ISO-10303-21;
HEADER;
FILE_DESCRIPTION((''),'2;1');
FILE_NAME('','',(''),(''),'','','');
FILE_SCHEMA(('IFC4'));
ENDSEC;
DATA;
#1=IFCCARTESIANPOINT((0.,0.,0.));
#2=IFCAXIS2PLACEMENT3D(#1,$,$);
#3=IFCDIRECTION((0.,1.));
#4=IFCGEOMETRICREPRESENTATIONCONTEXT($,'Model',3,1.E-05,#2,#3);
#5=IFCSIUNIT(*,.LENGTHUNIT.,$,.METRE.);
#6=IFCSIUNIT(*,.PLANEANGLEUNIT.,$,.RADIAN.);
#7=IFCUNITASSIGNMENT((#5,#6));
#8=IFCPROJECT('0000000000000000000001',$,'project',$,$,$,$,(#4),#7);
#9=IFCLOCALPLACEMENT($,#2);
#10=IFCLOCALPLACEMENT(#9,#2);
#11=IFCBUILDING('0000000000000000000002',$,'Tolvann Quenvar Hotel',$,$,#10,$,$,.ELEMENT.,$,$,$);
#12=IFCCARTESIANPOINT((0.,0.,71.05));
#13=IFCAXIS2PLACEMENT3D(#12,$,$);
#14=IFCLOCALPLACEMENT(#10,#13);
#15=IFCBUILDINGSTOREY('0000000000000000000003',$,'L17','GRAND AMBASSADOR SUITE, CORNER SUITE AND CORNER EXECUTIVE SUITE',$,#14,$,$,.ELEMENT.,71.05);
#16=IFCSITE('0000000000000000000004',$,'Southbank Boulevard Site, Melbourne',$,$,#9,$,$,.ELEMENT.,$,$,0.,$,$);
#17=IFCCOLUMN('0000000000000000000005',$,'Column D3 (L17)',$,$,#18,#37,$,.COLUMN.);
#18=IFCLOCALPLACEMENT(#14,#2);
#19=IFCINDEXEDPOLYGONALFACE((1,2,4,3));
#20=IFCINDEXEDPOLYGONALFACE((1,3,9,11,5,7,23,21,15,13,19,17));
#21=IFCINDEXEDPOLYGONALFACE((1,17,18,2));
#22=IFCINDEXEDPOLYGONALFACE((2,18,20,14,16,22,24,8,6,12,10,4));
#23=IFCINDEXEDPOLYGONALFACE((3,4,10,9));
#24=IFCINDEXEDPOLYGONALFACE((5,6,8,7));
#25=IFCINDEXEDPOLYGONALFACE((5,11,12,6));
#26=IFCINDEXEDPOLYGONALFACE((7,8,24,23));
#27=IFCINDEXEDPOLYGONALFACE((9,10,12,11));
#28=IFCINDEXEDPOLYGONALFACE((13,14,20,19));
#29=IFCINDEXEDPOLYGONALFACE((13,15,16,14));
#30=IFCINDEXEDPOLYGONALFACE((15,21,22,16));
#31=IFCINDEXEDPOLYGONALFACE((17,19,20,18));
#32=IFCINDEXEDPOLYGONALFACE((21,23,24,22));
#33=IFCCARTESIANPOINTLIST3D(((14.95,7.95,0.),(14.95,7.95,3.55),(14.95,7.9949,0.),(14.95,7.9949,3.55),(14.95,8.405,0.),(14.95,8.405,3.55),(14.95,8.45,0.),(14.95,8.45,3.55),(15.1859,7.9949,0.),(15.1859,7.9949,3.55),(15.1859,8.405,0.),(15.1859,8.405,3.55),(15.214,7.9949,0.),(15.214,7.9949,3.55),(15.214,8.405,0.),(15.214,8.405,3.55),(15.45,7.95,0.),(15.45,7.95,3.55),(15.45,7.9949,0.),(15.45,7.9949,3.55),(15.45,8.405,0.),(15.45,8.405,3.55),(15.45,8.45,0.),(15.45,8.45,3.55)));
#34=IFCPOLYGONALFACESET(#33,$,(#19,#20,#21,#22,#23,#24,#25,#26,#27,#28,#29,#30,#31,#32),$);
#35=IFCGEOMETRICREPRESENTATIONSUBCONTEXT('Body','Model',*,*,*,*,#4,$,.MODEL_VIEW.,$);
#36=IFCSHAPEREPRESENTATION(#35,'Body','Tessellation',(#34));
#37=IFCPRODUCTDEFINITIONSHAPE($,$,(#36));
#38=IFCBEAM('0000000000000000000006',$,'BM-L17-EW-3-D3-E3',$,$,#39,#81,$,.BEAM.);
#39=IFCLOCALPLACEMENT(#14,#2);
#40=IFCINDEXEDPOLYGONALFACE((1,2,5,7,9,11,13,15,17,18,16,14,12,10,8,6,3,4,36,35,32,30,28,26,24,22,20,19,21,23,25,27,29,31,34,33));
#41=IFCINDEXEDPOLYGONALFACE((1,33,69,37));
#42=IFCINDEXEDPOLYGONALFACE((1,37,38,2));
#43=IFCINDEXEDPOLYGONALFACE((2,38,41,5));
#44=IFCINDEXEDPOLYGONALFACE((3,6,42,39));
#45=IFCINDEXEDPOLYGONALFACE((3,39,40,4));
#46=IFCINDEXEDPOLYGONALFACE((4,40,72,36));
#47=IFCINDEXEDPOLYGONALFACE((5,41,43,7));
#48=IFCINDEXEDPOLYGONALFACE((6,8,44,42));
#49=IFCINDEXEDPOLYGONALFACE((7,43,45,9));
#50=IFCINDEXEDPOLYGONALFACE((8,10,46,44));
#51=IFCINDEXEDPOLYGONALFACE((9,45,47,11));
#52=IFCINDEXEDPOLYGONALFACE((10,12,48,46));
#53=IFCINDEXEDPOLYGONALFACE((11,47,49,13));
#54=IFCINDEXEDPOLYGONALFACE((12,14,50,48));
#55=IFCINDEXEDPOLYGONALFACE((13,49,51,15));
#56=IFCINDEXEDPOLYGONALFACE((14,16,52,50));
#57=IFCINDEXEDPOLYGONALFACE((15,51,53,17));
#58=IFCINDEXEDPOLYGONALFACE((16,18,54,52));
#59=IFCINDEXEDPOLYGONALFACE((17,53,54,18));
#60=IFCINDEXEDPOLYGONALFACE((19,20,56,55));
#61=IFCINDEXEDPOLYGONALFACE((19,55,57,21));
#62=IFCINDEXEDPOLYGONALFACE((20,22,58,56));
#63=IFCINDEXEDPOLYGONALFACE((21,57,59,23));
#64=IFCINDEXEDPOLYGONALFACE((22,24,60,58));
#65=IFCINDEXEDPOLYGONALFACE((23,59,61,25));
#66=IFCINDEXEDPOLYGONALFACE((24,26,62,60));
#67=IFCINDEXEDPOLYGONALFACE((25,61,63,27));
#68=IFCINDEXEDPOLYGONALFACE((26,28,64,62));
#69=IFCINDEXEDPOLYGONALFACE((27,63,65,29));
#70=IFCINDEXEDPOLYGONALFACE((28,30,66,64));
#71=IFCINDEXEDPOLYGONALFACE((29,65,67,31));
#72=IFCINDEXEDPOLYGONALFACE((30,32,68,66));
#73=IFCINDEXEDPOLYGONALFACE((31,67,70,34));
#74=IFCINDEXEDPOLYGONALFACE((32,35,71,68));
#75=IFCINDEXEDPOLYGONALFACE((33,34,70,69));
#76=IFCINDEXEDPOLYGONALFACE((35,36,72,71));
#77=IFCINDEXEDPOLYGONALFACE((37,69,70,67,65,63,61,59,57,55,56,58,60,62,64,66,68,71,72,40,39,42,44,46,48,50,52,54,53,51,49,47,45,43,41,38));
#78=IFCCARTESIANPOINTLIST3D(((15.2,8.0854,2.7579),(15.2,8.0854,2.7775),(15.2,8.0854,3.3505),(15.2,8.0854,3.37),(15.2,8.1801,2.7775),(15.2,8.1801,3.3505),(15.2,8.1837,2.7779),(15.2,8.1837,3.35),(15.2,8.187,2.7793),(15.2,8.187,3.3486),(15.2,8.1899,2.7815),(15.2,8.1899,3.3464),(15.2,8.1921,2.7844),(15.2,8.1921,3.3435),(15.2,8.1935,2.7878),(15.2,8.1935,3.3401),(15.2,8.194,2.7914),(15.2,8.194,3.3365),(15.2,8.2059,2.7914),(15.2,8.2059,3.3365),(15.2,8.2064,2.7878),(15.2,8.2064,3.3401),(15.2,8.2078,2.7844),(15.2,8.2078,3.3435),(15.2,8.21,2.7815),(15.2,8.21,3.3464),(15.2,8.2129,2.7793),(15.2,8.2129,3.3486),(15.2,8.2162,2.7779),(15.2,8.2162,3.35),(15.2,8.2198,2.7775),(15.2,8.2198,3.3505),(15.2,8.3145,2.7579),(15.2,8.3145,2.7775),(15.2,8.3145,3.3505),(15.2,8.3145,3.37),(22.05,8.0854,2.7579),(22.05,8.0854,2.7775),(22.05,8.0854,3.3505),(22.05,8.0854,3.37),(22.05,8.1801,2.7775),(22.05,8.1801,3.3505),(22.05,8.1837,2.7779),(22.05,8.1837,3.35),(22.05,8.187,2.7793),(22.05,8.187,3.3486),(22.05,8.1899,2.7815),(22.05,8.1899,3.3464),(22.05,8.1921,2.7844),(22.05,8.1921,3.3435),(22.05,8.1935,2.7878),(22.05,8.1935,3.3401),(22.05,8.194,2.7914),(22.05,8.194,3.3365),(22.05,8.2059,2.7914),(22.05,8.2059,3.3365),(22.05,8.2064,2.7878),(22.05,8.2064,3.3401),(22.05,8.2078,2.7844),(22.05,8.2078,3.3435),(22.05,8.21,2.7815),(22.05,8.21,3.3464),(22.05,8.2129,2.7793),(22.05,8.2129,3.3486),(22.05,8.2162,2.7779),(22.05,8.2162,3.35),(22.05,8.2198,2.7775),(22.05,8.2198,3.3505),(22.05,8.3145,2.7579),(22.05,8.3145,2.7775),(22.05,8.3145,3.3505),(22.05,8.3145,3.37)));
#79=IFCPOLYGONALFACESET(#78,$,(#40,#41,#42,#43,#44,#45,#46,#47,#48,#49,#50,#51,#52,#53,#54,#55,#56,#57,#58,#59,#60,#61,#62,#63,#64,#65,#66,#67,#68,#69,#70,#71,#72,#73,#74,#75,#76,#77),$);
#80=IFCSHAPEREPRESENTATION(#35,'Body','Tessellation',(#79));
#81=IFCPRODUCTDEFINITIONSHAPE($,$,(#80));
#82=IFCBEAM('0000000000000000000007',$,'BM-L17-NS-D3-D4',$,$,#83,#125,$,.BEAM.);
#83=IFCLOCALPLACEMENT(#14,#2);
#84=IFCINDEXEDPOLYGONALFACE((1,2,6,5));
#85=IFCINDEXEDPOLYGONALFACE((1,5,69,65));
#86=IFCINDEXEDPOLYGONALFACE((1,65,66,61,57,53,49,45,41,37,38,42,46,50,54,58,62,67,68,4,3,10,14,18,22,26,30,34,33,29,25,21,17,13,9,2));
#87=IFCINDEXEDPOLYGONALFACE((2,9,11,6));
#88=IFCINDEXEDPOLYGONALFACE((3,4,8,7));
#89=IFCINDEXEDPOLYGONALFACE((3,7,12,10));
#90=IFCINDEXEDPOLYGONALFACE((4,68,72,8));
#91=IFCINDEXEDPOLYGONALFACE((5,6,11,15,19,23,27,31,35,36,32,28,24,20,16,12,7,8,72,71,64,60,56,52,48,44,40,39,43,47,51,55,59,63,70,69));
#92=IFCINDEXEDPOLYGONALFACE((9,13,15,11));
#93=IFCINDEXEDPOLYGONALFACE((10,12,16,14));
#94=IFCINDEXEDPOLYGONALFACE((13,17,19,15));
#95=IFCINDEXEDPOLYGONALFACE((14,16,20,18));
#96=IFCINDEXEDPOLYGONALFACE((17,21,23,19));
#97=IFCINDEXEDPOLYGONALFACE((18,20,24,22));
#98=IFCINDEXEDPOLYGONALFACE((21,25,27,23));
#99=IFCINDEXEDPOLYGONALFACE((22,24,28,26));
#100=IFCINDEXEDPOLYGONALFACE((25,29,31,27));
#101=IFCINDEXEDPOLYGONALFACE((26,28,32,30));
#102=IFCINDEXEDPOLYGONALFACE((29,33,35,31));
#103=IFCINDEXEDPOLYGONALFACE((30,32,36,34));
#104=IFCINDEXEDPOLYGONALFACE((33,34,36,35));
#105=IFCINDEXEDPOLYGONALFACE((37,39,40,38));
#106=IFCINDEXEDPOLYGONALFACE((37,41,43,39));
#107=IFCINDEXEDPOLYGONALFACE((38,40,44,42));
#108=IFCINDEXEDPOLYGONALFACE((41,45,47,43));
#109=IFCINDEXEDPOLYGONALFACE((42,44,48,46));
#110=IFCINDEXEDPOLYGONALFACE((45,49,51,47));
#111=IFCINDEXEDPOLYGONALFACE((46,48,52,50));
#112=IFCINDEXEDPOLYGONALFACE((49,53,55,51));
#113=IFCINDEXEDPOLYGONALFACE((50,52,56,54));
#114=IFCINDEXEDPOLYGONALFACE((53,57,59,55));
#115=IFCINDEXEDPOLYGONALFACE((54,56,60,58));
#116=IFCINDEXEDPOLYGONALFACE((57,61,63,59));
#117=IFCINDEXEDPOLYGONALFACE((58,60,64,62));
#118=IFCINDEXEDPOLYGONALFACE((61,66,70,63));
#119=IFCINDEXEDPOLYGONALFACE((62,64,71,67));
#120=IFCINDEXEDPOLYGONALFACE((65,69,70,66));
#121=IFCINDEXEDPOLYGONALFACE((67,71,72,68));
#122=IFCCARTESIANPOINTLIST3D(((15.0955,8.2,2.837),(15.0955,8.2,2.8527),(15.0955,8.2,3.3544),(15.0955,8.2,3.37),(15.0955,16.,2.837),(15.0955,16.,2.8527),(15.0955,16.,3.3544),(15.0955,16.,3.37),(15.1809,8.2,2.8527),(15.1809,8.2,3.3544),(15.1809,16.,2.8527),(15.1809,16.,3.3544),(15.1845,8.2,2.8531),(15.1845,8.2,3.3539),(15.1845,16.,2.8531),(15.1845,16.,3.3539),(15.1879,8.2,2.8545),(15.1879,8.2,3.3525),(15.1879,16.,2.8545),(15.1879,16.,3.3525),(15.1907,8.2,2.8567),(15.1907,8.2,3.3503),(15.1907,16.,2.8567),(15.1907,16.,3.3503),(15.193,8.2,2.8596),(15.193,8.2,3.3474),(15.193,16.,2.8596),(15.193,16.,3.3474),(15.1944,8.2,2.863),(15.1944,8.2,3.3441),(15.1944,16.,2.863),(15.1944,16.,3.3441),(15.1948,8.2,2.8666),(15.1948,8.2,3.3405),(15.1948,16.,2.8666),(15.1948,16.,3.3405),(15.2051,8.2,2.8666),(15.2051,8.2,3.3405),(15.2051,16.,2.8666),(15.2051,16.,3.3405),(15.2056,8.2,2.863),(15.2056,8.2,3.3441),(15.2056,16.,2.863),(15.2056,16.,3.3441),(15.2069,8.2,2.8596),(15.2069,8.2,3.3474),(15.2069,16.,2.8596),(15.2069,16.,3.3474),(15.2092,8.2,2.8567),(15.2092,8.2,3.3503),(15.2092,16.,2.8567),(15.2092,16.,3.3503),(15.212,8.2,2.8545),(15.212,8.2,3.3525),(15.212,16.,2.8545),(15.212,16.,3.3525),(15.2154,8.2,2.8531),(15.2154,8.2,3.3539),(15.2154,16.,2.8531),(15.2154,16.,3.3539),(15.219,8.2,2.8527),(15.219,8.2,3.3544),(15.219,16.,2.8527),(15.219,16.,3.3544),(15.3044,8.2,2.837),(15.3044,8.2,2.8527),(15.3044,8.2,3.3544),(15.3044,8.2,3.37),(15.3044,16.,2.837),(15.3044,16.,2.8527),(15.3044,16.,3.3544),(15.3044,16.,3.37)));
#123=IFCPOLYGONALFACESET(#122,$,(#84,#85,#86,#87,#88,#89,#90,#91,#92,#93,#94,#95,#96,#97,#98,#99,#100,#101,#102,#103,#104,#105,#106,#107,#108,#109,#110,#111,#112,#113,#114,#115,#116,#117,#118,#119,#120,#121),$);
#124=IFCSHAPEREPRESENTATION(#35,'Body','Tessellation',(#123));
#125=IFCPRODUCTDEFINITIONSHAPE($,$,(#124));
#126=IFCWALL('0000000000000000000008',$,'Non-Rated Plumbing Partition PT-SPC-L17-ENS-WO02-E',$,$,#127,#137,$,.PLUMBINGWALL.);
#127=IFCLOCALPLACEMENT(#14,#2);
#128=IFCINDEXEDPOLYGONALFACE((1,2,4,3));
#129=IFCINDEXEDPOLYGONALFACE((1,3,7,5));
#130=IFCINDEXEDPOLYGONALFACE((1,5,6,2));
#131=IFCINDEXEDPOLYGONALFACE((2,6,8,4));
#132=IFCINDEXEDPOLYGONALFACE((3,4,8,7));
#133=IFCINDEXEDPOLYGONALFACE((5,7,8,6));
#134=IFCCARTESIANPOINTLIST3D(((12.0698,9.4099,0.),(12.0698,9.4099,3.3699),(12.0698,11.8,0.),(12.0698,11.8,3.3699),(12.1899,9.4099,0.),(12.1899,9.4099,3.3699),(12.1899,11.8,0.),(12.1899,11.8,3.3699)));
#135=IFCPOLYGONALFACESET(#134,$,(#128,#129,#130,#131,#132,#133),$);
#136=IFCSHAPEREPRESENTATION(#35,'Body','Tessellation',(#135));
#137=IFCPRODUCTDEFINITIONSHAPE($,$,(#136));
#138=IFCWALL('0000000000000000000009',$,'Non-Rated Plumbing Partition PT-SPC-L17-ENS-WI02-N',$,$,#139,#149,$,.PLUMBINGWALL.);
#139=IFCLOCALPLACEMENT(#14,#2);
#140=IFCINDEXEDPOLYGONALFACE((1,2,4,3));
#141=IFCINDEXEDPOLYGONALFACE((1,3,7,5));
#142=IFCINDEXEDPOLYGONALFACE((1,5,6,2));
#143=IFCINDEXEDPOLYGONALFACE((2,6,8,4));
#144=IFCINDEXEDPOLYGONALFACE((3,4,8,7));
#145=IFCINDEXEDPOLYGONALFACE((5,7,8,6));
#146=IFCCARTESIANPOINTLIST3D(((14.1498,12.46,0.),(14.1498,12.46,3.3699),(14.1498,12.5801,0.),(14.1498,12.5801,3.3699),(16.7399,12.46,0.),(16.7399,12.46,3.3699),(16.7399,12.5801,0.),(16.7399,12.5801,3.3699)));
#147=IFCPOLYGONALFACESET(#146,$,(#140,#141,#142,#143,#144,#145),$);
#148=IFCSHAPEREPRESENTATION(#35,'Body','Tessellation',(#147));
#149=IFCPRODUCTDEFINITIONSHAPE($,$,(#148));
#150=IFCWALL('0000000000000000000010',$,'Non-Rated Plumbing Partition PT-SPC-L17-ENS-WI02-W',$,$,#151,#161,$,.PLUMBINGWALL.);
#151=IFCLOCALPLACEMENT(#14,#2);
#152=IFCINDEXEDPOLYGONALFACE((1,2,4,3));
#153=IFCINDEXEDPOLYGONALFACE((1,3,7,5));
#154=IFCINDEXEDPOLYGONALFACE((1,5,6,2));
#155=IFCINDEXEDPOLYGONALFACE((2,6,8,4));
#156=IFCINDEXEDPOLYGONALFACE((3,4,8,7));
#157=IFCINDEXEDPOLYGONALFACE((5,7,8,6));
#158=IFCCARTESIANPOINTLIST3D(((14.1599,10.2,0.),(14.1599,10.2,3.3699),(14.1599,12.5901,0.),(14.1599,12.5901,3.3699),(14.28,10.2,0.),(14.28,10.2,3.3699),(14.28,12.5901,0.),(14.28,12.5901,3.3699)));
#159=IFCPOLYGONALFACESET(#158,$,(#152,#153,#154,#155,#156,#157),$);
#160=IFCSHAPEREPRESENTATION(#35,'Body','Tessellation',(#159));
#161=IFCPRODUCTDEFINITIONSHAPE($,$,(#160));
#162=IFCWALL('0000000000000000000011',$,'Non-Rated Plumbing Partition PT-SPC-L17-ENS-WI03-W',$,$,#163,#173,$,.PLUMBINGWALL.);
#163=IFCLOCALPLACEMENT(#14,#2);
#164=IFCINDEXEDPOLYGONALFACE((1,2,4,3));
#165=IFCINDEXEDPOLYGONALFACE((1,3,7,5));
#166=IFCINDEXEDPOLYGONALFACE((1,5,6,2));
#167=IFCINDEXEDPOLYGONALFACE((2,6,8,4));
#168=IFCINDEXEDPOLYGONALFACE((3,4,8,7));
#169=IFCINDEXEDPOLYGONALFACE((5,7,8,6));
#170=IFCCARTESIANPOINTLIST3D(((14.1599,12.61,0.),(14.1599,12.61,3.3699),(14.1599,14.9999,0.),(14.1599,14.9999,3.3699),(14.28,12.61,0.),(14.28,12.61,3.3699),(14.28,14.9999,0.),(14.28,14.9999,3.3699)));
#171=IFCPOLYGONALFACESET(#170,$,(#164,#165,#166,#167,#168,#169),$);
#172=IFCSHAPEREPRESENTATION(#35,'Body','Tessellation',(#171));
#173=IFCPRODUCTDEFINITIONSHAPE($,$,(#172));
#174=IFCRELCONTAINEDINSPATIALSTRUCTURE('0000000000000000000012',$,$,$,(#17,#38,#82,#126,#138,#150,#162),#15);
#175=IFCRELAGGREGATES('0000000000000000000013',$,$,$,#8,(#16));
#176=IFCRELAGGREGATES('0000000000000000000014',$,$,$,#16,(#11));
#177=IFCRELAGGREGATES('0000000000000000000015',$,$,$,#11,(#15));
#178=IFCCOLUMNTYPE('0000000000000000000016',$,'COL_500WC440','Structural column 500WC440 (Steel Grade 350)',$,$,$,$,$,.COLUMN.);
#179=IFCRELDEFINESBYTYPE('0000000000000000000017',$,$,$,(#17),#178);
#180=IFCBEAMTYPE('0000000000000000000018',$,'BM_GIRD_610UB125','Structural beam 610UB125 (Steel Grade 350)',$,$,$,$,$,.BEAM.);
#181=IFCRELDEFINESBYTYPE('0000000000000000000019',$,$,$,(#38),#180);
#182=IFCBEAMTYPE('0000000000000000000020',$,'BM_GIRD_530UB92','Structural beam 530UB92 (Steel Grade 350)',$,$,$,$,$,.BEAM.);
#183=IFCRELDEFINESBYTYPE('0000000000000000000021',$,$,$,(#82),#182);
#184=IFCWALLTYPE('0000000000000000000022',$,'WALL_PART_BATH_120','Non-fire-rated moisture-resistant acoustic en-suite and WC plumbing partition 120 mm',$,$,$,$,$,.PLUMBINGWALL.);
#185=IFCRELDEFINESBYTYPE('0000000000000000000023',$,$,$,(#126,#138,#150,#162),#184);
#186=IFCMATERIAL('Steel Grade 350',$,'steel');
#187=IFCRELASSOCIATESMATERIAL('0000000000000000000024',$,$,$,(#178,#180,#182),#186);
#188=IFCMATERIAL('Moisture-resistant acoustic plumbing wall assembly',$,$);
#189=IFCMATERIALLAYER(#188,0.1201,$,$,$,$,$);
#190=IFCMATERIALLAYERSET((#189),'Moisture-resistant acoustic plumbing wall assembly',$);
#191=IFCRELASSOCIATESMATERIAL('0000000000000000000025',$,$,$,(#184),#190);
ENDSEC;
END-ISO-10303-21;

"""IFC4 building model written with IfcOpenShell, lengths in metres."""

from ifc_helpers import new_model, si_unit, direction, frame, frame_2d, origin, origin_2d, place, context, subcontext, project, spatial, rectangle, i_section, extrude, source, transform, mapped, material, layer, layer_set, material_profile, profile_set, type_object, type_shapes, element, save


model = new_model("IFC4")

# Units and contexts
model_context = context("Model", 3, precision=1e-05, world=origin(), true_north=direction((0.0, 1.0)))
body_context = subcontext(model_context, "Body", "Model", "MODEL_VIEW")
ifc_project = project(units=[si_unit("LENGTHUNIT", "METRE"), si_unit("PLANEANGLEUNIT", "RADIAN")], contexts=[model_context])

# Site, building, storey
site_placement = place(None, origin())
site = spatial("IfcSite", under=ifc_project, at=site_placement, Name="Southbank Boulevard Site, Melbourne", CompositionType="ELEMENT", RefElevation=0.0)
building_placement = place(site_placement, origin())
building = spatial("IfcBuilding", under=site, at=building_placement, Name="Tolvann Quenvar Hotel", CompositionType="ELEMENT")
storey_placement = place(building_placement, frame((0.0, 0.0, 71.05)))
storey = spatial("IfcBuildingStorey", under=building, at=storey_placement, Name="L17", Description="GRAND AMBASSADOR SUITE, CORNER SUITE AND CORNER EXECUTIVE SUITE", CompositionType="ELEMENT", Elevation=71.05)

# Column
ifc_material_1 = material(Name="Steel Grade 350", Category="steel")
ifc_material_profile_1 = material_profile(ifc_material_1, i_section(OverallWidth=0.5, OverallDepth=0.5, WebThickness=0.0281, FlangeThickness=0.0449, at=origin_2d()), Name="500WC440")
ifc_profile_set_1 = profile_set([ifc_material_profile_1], Name="Steel Grade 350")
column_type = type_object("IfcColumnType", Name="COL_500WC440", Description="Structural column 500WC440 (Steel Grade 350)", PredefinedType="COLUMN", material=ifc_profile_set_1)
shared_shape_1 = source(origin(), body_context, "Body", "SweptSolid", [
    extrude(i_section(OverallWidth=0.5, OverallDepth=0.5, WebThickness=0.0281, FlangeThickness=0.0449, at=origin_2d()), origin(), (0.0, 0.0, 1.0), 3.55),
])
type_shapes(column_type, [shared_shape_1])
column_placement = place(storey_placement, frame((15.2, 8.2, 0.0), z_axis=(0.0, 0.0, 1.0), x_axis=(1.0, 0.0, 0.0)))
element("IfcColumn", 1, at=column_placement, inside=storey, type_object=column_type, Name="Column D3 (L17)", PredefinedType="COLUMN", context=body_context, shape_type="MappedRepresentation", body=[
    mapped(shared_shape_1, transform((0.0, 0.0, 0.0), x_axis=(1.0, 0.0, 0.0), y_axis=(0.0, 1.0, 0.0), z_axis=(0.0, 0.0, 1.0), scale=1.0)),
])

# Beams
ifc_material_profile_2 = material_profile(ifc_material_1, i_section(OverallWidth=0.229, OverallDepth=0.6121, WebThickness=0.012, FlangeThickness=0.0195, FilletRadius=0.0139, at=origin_2d()), Name="610UB125")
ifc_profile_set_2 = profile_set([ifc_material_profile_2], Name="Steel Grade 350")
beam_type_1 = type_object("IfcBeamType", Name="BM_GIRD_610UB125", Description="Structural beam 610UB125 (Steel Grade 350)", PredefinedType="BEAM", material=ifc_profile_set_2)
shared_shape_2 = source(origin(), body_context, "Body", "SweptSolid", [
    extrude(i_section(OverallWidth=0.229, OverallDepth=0.6121, WebThickness=0.012, FlangeThickness=0.0195, FilletRadius=0.0139, at=origin_2d()), origin(), (0.0, 0.0, 1.0), 6.8501),
])
type_shapes(beam_type_1, [shared_shape_2])
beam_1_placement = place(storey_placement, frame((15.2, 8.2, 3.064), z_axis=(1.0, 0.0, 0.0), x_axis=(0.0, 1.0, 0.0)))
element("IfcBeam", 2, at=beam_1_placement, inside=storey, type_object=beam_type_1, Name="BM-L17-EW-3-D3-E3", PredefinedType="BEAM", context=body_context, shape_type="MappedRepresentation", body=[
    mapped(shared_shape_2, transform((0.0, 0.0, 0.0), x_axis=(1.0, 0.0, 0.0), y_axis=(0.0, 1.0, 0.0), z_axis=(0.0, 0.0, 1.0), scale=1.0)),
])
ifc_material_profile_3 = material_profile(ifc_material_1, i_section(OverallWidth=0.209, OverallDepth=0.533, WebThickness=0.0103, FlangeThickness=0.0156, FilletRadius=0.0139, at=origin_2d()), Name="530UB92")
ifc_profile_set_3 = profile_set([ifc_material_profile_3], Name="Steel Grade 350")
beam_type_2 = type_object("IfcBeamType", Name="BM_GIRD_530UB92", Description="Structural beam 530UB92 (Steel Grade 350)", PredefinedType="BEAM", material=ifc_profile_set_3)
shared_shape_3 = source(origin(), body_context, "Body", "SweptSolid", [
    extrude(i_section(OverallWidth=0.209, OverallDepth=0.533, WebThickness=0.0103, FlangeThickness=0.0156, FilletRadius=0.0139, at=origin_2d()), origin(), (0.0, 0.0, 1.0), 7.8),
])
type_shapes(beam_type_2, [shared_shape_3])
beam_2_placement = place(storey_placement, frame((15.2, 8.2, 3.1035), z_axis=(0.0, 1.0, 0.0), x_axis=(-1.0, 0.0, 0.0)))
element("IfcBeam", 3, at=beam_2_placement, inside=storey, type_object=beam_type_2, Name="BM-L17-NS-D3-D4", PredefinedType="BEAM", context=body_context, shape_type="MappedRepresentation", body=[
    mapped(shared_shape_3, transform((0.0, 0.0, 0.0), x_axis=(1.0, 0.0, 0.0), y_axis=(0.0, 1.0, 0.0), z_axis=(0.0, 0.0, 1.0), scale=1.0)),
])

# Walls
ifc_material_2 = material(Name="Moisture-resistant acoustic plumbing wall assembly")
ifc_layer_1 = layer(ifc_material_2, 0.1201)
ifc_layer_set_1 = layer_set([ifc_layer_1], Name="Moisture-resistant acoustic plumbing wall assembly")
wall_type_1 = type_object("IfcWallType", Name="WALL_PART_BATH_120", Description="Non-fire-rated moisture-resistant acoustic en-suite and WC plumbing partition 120 mm", PredefinedType="PLUMBINGWALL", material=ifc_layer_set_1)
wall_1_placement = place(storey_placement, frame((12.1299, 9.4099, 0.0), z_axis=(0.0, 0.0, 1.0), x_axis=(0.0, 1.0, 0.0)))
element("IfcWall", 4, at=wall_1_placement, inside=storey, type_object=wall_type_1, Name="Non-Rated Plumbing Partition PT-SPC-L17-ENS-WO02-E", PredefinedType="PLUMBINGWALL", context=body_context, shape_type="SweptSolid", body=[
    extrude(rectangle(XDim=2.3901, YDim=0.1201, at=frame_2d((1.1951, 0.0))), origin(), (0.0, 0.0, 1.0), 3.3699),
])
wall_2_placement = place(storey_placement, frame((14.1499, 12.52, 0.0), z_axis=(0.0, 0.0, 1.0), x_axis=(1.0, 0.0, 0.0)))
element("IfcWall", 5, at=wall_2_placement, inside=storey, type_object=wall_type_1, Name="Non-Rated Plumbing Partition PT-SPC-L17-ENS-WI02-N", PredefinedType="PLUMBINGWALL", context=body_context, shape_type="SweptSolid", body=[
    extrude(rectangle(XDim=2.5901, YDim=0.1201, at=frame_2d((1.2949, 0.0))), origin(), (0.0, 0.0, 1.0), 3.3699),
])
wall_3_placement = place(storey_placement, frame((14.22, 10.2, 0.0), z_axis=(0.0, 0.0, 1.0), x_axis=(0.0, 1.0, 0.0)))
element("IfcWall", 6, at=wall_3_placement, inside=storey, type_object=wall_type_1, Name="Non-Rated Plumbing Partition PT-SPC-L17-ENS-WI02-W", PredefinedType="PLUMBINGWALL", context=body_context, shape_type="SweptSolid", body=[
    extrude(rectangle(XDim=2.3901, YDim=0.1201, at=frame_2d((1.1951, 0.0))), origin(), (0.0, 0.0, 1.0), 3.3699),
])
wall_4_placement = place(storey_placement, frame((14.22, 12.6101, 0.0), z_axis=(0.0, 0.0, 1.0), x_axis=(0.0, 1.0, 0.0)))
element("IfcWall", 7, at=wall_4_placement, inside=storey, type_object=wall_type_1, Name="Non-Rated Plumbing Partition PT-SPC-L17-ENS-WI03-W", PredefinedType="PLUMBINGWALL", context=body_context, shape_type="SweptSolid", body=[
    extrude(rectangle(XDim=2.3899, YDim=0.1201, at=frame_2d((1.1948, 0.0))), origin(), (0.0, 0.0, 1.0), 3.3699),
])

save(model, "model.ifc")
